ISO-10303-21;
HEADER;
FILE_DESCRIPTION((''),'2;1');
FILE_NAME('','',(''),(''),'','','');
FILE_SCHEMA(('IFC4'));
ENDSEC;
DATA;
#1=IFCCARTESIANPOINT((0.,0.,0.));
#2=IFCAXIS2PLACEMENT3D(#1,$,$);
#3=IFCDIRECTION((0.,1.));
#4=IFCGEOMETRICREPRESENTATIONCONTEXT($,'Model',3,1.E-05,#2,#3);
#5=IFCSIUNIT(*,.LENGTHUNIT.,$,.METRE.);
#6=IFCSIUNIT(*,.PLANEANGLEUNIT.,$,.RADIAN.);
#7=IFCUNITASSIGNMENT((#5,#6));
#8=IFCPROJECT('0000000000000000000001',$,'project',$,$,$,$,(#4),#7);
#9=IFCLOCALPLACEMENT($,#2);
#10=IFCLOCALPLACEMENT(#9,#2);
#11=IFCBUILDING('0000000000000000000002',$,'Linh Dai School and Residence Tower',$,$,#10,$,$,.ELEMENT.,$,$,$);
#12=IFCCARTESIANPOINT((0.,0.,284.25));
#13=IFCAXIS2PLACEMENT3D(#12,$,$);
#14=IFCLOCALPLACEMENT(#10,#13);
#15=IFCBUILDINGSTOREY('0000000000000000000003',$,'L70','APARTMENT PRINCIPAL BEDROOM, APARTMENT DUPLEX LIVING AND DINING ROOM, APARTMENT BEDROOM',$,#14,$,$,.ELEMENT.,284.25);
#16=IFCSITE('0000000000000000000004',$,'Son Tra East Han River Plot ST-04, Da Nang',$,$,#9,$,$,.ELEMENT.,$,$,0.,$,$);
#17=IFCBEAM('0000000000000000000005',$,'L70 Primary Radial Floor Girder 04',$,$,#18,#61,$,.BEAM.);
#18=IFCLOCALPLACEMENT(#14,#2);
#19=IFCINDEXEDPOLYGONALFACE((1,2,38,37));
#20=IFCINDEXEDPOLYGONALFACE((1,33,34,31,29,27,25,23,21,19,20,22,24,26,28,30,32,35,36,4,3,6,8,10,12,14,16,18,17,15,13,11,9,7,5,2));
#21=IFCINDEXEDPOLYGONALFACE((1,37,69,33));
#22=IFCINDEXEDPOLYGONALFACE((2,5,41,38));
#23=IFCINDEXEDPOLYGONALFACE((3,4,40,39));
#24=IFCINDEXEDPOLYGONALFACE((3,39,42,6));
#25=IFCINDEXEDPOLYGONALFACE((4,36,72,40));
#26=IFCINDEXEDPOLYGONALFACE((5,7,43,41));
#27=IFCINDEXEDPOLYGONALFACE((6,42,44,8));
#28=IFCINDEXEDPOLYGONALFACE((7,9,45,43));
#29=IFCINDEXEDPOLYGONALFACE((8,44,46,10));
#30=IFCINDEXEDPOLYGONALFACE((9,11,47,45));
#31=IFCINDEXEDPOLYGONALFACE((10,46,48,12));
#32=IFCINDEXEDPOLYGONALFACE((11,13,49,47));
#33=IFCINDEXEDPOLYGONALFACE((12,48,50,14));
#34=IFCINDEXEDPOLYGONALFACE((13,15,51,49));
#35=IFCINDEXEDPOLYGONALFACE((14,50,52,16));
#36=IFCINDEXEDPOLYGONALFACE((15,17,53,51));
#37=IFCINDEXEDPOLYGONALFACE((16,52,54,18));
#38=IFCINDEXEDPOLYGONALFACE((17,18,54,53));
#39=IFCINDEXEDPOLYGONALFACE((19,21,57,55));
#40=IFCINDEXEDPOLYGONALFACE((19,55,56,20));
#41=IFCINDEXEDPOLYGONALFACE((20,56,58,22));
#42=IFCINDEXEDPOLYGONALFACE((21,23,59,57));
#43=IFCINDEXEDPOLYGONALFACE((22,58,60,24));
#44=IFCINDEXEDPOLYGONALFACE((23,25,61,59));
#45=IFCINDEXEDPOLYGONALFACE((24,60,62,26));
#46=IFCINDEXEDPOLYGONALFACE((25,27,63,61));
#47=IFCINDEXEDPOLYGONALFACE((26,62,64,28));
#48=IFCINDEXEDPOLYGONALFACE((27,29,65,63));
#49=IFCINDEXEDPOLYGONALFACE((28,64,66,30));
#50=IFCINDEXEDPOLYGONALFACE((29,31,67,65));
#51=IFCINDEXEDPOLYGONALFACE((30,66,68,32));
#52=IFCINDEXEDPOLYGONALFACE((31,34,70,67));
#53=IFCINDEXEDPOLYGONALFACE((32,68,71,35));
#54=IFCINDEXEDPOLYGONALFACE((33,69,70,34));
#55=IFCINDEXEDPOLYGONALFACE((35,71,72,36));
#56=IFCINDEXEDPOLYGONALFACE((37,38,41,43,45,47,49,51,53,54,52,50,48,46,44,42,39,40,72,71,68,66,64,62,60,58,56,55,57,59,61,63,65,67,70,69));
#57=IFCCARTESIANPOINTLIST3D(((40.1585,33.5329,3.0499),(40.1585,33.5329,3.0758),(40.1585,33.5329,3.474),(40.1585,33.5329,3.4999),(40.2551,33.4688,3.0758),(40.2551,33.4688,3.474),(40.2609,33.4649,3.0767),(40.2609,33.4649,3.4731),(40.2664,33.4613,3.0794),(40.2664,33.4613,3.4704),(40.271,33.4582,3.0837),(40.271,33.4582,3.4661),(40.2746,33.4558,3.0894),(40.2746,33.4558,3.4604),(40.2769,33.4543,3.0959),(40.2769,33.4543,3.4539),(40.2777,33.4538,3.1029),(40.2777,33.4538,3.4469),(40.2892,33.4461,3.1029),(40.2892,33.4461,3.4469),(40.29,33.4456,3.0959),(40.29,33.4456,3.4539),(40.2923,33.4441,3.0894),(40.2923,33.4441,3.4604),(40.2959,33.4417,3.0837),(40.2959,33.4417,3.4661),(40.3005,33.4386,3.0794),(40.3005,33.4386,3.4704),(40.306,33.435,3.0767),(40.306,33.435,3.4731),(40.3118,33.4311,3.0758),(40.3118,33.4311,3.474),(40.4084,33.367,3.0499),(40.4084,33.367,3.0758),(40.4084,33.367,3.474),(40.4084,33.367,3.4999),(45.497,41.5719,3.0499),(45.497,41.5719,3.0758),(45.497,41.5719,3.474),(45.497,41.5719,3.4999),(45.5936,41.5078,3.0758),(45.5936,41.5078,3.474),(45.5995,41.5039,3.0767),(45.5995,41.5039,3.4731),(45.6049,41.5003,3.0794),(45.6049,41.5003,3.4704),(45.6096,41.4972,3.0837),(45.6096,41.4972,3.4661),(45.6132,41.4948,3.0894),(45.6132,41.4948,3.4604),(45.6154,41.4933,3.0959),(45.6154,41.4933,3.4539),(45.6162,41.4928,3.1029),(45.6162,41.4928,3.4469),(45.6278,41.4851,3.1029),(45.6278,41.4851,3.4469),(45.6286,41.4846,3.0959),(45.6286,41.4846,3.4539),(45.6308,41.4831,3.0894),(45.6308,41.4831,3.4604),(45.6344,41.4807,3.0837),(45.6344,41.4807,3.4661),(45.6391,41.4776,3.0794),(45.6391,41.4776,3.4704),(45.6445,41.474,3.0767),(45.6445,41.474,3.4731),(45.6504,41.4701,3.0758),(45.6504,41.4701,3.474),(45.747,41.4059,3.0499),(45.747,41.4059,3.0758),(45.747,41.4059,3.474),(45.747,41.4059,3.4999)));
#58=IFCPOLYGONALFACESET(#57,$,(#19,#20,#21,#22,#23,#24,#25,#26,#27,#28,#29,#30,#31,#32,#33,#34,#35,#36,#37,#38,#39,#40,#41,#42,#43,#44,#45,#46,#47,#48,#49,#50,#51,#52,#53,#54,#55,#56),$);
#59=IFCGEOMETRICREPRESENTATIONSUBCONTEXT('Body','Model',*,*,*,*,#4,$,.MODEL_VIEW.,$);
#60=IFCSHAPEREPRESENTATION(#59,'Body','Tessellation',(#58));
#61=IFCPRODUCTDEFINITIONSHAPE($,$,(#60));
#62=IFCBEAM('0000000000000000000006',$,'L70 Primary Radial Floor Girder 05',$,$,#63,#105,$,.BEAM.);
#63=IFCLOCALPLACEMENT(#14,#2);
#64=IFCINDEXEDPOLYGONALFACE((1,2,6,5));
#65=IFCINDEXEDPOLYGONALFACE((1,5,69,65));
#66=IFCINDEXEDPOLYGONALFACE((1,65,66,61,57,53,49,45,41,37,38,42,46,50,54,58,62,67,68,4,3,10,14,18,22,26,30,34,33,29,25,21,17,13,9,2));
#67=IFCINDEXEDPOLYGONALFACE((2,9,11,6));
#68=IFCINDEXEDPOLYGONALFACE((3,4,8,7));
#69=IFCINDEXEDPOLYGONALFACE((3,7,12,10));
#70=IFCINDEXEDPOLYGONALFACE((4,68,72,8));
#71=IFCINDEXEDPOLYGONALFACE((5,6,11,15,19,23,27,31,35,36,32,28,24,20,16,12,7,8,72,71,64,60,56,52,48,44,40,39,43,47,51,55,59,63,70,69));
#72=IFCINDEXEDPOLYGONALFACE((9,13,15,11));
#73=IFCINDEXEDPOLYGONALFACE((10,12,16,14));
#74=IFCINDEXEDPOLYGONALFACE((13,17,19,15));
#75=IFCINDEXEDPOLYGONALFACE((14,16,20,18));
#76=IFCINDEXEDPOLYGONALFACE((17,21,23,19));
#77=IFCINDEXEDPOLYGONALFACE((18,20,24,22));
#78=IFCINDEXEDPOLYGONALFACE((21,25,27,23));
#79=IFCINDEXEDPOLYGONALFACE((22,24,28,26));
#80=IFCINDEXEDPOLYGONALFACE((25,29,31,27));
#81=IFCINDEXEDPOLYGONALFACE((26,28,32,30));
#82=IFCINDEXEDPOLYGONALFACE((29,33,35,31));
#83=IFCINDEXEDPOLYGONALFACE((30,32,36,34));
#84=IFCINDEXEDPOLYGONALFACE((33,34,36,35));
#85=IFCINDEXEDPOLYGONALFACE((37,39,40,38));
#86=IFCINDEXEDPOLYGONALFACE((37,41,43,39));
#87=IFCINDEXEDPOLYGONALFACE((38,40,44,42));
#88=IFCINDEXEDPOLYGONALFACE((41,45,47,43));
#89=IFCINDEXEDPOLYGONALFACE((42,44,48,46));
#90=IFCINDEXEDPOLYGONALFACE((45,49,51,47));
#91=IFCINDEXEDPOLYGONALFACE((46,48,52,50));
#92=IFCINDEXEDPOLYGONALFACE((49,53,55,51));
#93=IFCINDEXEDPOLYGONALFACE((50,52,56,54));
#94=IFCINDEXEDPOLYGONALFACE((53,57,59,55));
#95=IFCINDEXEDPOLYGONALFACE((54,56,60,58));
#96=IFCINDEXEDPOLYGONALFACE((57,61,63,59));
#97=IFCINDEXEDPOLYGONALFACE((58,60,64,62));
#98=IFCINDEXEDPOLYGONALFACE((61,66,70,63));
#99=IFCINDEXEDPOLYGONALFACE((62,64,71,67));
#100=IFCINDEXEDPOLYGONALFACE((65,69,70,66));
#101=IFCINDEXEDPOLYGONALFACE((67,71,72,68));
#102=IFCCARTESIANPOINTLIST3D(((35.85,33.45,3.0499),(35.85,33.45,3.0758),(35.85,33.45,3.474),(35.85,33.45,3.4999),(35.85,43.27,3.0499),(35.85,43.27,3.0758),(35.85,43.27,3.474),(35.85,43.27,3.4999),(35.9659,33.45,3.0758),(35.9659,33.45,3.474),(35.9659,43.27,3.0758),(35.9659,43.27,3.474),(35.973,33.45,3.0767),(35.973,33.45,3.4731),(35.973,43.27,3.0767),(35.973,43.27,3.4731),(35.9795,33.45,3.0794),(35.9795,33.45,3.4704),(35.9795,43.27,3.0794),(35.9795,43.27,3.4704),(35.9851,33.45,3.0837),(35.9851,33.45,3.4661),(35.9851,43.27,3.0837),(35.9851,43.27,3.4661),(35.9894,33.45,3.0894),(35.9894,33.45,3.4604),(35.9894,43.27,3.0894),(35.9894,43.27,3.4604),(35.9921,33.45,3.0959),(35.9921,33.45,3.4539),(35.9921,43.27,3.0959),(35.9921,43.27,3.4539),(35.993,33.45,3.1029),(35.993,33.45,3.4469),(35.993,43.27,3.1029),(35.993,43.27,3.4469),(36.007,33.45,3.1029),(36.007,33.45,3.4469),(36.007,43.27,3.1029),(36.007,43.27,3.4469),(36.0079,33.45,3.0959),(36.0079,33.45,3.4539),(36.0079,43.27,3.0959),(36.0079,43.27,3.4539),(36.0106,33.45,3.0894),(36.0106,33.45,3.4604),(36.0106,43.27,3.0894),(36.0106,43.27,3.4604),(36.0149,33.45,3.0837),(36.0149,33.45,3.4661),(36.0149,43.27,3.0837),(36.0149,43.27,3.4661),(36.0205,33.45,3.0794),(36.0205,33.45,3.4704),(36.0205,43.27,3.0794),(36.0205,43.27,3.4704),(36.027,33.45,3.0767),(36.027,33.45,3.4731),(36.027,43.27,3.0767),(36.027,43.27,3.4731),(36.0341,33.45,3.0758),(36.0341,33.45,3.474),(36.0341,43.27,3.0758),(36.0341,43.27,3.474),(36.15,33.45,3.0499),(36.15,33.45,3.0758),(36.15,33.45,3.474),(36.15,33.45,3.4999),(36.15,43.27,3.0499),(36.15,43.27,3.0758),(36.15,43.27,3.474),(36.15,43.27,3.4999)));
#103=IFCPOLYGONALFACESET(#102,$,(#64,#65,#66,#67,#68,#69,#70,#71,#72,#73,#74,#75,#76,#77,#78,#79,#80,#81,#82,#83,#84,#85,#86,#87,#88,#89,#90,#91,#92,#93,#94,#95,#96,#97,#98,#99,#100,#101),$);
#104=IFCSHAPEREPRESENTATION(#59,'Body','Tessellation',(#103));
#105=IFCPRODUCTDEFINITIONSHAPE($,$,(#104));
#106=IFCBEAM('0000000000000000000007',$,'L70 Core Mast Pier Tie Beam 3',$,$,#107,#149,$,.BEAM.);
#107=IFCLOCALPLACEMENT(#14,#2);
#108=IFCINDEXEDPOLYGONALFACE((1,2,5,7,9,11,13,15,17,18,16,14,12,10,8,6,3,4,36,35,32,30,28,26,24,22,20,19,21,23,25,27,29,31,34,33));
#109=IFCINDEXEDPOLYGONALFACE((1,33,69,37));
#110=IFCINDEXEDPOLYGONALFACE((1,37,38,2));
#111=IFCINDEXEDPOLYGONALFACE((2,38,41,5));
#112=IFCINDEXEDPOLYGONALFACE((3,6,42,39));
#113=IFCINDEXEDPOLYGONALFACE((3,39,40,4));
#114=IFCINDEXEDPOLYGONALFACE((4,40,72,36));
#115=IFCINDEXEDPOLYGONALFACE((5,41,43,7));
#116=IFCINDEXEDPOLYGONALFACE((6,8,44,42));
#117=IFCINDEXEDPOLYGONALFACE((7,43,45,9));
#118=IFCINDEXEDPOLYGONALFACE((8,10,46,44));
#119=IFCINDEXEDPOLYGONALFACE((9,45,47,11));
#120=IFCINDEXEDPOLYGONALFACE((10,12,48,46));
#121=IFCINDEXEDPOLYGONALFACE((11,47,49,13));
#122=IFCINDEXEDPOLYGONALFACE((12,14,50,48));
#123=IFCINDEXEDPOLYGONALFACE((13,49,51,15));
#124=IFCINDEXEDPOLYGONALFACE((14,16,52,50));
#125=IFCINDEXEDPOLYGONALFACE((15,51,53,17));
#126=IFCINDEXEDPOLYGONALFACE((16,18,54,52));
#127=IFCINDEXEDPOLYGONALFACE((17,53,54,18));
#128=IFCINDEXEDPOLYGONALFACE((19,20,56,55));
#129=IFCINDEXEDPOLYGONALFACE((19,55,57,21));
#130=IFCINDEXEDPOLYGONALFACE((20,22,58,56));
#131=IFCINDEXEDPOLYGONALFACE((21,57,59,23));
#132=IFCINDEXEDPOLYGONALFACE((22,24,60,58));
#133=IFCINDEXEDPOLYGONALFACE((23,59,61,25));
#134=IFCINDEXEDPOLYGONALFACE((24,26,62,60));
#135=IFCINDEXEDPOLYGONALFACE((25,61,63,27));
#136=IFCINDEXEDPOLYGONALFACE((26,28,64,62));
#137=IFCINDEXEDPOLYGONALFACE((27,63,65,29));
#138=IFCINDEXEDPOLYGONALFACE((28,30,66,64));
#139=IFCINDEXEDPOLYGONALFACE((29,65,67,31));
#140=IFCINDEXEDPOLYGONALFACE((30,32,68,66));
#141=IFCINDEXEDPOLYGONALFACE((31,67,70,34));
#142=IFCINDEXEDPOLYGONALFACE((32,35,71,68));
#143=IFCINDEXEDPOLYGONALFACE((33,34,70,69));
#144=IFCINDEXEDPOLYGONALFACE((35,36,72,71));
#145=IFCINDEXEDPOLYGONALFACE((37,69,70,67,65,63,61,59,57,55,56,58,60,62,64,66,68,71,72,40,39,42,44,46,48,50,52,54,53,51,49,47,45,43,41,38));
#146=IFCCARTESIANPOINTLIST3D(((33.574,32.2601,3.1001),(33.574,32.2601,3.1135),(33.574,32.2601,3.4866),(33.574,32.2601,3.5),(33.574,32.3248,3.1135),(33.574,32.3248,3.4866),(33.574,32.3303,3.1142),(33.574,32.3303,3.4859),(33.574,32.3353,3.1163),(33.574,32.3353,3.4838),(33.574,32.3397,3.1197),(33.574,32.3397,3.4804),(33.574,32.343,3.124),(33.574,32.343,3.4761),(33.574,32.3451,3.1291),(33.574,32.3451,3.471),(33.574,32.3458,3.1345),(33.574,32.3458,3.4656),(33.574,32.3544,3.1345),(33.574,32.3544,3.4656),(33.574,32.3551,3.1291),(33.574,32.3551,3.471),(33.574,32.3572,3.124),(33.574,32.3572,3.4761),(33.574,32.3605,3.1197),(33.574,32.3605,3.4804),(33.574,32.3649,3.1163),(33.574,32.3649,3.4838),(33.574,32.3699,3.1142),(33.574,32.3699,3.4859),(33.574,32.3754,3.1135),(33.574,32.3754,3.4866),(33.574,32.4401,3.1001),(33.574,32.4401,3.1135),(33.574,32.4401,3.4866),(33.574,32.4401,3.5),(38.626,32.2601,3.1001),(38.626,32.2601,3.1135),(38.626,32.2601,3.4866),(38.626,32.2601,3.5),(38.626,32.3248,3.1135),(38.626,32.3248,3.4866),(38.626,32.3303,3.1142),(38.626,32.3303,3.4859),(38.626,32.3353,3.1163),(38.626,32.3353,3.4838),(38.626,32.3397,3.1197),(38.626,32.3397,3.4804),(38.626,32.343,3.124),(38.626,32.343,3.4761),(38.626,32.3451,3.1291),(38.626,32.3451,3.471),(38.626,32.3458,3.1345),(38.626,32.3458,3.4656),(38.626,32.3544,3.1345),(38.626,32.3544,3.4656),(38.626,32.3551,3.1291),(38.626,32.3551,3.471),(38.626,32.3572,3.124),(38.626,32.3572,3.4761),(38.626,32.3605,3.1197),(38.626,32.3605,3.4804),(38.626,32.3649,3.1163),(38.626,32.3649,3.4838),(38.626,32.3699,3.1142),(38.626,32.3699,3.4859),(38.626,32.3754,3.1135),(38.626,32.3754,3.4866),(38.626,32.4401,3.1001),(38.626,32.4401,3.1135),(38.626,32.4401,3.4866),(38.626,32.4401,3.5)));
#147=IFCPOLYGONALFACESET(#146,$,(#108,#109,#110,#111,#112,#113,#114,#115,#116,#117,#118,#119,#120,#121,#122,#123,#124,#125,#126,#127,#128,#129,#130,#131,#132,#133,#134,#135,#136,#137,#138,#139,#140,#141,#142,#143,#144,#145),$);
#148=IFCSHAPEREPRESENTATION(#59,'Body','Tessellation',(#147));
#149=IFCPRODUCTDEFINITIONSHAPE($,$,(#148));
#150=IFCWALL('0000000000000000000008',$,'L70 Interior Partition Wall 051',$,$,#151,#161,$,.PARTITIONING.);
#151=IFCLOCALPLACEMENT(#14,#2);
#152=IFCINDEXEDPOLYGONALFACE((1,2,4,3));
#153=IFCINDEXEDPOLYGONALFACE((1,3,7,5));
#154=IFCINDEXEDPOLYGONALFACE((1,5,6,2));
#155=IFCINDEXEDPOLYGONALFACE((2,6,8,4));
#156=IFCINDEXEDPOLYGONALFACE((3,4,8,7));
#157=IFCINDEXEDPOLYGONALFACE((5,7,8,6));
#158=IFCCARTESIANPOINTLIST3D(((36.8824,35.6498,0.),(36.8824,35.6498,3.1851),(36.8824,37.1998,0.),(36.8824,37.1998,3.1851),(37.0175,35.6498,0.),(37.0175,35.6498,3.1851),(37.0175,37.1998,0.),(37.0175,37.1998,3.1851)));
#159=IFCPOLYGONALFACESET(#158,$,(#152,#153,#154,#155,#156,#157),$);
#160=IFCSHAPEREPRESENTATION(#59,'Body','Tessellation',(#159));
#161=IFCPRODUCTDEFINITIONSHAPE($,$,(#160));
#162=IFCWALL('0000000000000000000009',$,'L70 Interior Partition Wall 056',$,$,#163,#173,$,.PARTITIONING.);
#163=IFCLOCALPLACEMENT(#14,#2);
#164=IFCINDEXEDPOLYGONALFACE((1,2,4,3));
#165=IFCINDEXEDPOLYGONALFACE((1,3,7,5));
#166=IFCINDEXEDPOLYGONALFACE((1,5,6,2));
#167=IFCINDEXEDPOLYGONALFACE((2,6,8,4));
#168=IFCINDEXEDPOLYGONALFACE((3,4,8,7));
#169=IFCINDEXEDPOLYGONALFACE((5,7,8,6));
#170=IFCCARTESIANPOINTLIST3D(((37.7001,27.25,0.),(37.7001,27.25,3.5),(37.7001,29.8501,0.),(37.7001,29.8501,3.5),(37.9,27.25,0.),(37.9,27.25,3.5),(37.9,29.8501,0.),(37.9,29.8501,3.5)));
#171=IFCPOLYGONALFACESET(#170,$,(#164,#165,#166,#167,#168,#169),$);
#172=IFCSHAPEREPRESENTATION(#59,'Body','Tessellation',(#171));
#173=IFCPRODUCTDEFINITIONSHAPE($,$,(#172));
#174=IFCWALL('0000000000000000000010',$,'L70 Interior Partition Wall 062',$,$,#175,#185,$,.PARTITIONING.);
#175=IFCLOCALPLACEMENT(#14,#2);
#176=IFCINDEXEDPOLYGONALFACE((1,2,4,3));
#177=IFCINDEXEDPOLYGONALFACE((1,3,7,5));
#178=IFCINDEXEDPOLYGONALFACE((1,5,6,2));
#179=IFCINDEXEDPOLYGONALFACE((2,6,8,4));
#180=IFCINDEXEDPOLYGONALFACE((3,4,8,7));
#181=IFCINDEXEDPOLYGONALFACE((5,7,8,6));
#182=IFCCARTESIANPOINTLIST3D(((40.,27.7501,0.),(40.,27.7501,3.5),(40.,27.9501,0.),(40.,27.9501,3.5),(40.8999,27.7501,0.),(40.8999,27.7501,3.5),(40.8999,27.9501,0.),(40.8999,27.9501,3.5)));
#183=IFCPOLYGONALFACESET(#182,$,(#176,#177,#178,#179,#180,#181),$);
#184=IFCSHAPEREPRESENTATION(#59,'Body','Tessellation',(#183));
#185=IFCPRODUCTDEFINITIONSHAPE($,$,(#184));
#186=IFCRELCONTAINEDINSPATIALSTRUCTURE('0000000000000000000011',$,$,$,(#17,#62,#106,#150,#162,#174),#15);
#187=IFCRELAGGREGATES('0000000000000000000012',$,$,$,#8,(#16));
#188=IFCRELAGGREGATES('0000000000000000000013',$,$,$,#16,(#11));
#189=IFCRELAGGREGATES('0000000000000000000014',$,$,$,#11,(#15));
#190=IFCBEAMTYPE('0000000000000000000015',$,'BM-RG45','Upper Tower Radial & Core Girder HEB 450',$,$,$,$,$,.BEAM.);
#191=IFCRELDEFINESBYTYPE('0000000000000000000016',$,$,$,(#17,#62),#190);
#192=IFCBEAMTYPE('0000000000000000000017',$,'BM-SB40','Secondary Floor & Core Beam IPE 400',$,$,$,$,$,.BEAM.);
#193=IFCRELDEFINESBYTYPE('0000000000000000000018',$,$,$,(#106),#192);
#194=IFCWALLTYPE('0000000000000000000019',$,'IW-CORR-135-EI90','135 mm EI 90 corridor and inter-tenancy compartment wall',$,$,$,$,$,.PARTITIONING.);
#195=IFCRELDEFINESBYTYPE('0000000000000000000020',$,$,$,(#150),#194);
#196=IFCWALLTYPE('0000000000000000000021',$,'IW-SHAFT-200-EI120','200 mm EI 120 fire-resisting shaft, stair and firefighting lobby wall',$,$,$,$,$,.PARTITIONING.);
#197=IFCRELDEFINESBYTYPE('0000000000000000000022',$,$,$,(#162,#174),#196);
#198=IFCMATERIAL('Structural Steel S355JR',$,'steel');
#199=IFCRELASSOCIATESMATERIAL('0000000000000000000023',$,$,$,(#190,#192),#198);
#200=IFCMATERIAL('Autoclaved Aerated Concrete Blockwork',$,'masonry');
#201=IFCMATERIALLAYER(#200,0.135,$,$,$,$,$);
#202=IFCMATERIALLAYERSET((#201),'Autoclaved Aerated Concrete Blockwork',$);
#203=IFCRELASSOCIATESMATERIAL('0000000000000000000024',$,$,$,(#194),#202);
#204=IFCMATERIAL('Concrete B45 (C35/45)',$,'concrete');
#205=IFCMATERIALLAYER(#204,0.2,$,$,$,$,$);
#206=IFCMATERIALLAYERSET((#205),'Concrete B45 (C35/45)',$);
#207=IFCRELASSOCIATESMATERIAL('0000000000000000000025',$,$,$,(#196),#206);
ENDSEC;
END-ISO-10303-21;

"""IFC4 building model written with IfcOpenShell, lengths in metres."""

from ifc_helpers import new_model, si_unit, direction, frame, frame_2d, origin, origin_2d, place, context, subcontext, project, spatial, rectangle, i_section, extrude, material, layer, layer_set, material_profile, profile_set, type_object, element, save


model = new_model("IFC4")

# Units and contexts
model_context = context("Model", 3, precision=1e-05, world=origin(), true_north=direction((0.0, 1.0)))
body_context = subcontext(model_context, "Body", "Model", "MODEL_VIEW")
ifc_project = project(units=[si_unit("LENGTHUNIT", "METRE"), si_unit("PLANEANGLEUNIT", "RADIAN")], contexts=[model_context])

# Site, building, storey
site_placement = place(None, origin())
site = spatial("IfcSite", under=ifc_project, at=site_placement, Name="Son Tra East Han River Plot ST-04, Da Nang", CompositionType="ELEMENT", RefElevation=0.0)
building_placement = place(site_placement, origin())
building = spatial("IfcBuilding", under=site, at=building_placement, Name="Linh Dai School and Residence Tower", CompositionType="ELEMENT")
storey_placement = place(building_placement, frame((0.0, 0.0, 284.25)))
storey = spatial("IfcBuildingStorey", under=building, at=storey_placement, Name="L70", Description="APARTMENT PRINCIPAL BEDROOM, APARTMENT DUPLEX LIVING AND DINING ROOM, APARTMENT BEDROOM", CompositionType="ELEMENT", Elevation=284.25)

# Shared definitions
ifc_material_1 = material(Name="Structural Steel S355JR", Category="steel")

# Beams
ifc_material_profile_1 = material_profile(ifc_material_1, i_section(OverallWidth=0.3, OverallDepth=0.45, WebThickness=0.0139, FlangeThickness=0.0259, FilletRadius=0.0271, at=origin_2d()), Name="HEB 450")
ifc_profile_set_1 = profile_set([ifc_material_profile_1], Name="Structural Steel S355JR")
beam_type_1 = type_object("IfcBeamType", Name="BM-RG45", Description="Upper Tower Radial & Core Girder HEB 450", PredefinedType="BEAM", material=ifc_profile_set_1)
beam_1_placement = place(storey_placement, frame((40.2834, 33.45, 3.2749), z_axis=(0.553211, 0.833041, 0.0), x_axis=(-0.833041, 0.553211, 0.0)))
element("IfcBeam", 1, at=beam_1_placement, inside=storey, type_object=beam_type_1, Name="L70 Primary Radial Floor Girder 04", PredefinedType="BEAM", context=body_context, shape_type="SweptSolid", body=[
    extrude(i_section(OverallWidth=0.3, OverallDepth=0.45, WebThickness=0.0139, FlangeThickness=0.0259, FilletRadius=0.0271, at=origin_2d()), origin(), (0.0, 0.0, 1.0), 9.6501),
])
beam_2_placement = place(storey_placement, frame((36.0, 33.45, 3.2749), z_axis=(0.0, 1.0, 0.0), x_axis=(-1.0, 0.0, 0.0)))
element("IfcBeam", 2, at=beam_2_placement, inside=storey, type_object=beam_type_1, Name="L70 Primary Radial Floor Girder 05", PredefinedType="BEAM", context=body_context, shape_type="SweptSolid", body=[
    extrude(i_section(OverallWidth=0.3, OverallDepth=0.45, WebThickness=0.0139, FlangeThickness=0.0259, FilletRadius=0.0271, at=origin_2d()), origin(), (0.0, 0.0, 1.0), 9.8201),
])
ifc_material_profile_2 = material_profile(ifc_material_1, i_section(OverallWidth=0.1799, OverallDepth=0.3999, WebThickness=0.0085, FlangeThickness=0.0134, FilletRadius=0.021, at=origin_2d()), Name="IPE 400")
ifc_profile_set_2 = profile_set([ifc_material_profile_2], Name="Structural Steel S355JR")
beam_type_2 = type_object("IfcBeamType", Name="BM-SB40", Description="Secondary Floor & Core Beam IPE 400", PredefinedType="BEAM", material=ifc_profile_set_2)
beam_3_placement = place(storey_placement, frame((38.626, 32.3501, 3.3), z_axis=(-1.0, 0.0, 0.0), x_axis=(0.0, -1.0, 0.0)))
element("IfcBeam", 3, at=beam_3_placement, inside=storey, type_object=beam_type_2, Name="L70 Core Mast Pier Tie Beam 3", PredefinedType="BEAM", context=body_context, shape_type="SweptSolid", body=[
    extrude(i_section(OverallWidth=0.1799, OverallDepth=0.3999, WebThickness=0.0085, FlangeThickness=0.0134, FilletRadius=0.021, at=origin_2d()), origin(), (0.0, 0.0, 1.0), 5.052),
])

# Wall
ifc_material_2 = material(Name="Autoclaved Aerated Concrete Blockwork", Category="masonry")
ifc_layer_1 = layer(ifc_material_2, 0.135)
ifc_layer_set_1 = layer_set([ifc_layer_1], Name="Autoclaved Aerated Concrete Blockwork")
wall_type_1 = type_object("IfcWallType", Name="IW-CORR-135-EI90", Description="135 mm EI 90 corridor and inter-tenancy compartment wall", PredefinedType="PARTITIONING", material=ifc_layer_set_1)
wall_1_placement = place(storey_placement, frame((36.95, 35.6499, 0.0), z_axis=(0.0, 0.0, 1.0), x_axis=(0.0, 1.0, 0.0)))
element("IfcWall", 4, at=wall_1_placement, inside=storey, type_object=wall_type_1, Name="L70 Interior Partition Wall 051", PredefinedType="PARTITIONING", context=body_context, shape_type="SweptSolid", body=[
    extrude(rectangle(XDim=1.55, YDim=0.135, at=frame_2d((0.7749, 0.0))), origin(), (0.0, 0.0, 1.0), 3.1851),
])

# Shared definitions
ifc_material_3 = material(Name="Concrete B45 (C35/45)", Category="concrete")
ifc_layer_2 = layer(ifc_material_3, 0.2)
ifc_layer_set_2 = layer_set([ifc_layer_2], Name="Concrete B45 (C35/45)")
wall_type_2 = type_object("IfcWallType", Name="IW-SHAFT-200-EI120", Description="200 mm EI 120 fire-resisting shaft, stair and firefighting lobby wall", PredefinedType="PARTITIONING", material=ifc_layer_set_2)

# Walls
wall_2_placement = place(storey_placement, frame((37.8, 27.25, 0.0), z_axis=(0.0, 0.0, 1.0), x_axis=(0.0, 1.0, 0.0)))
element("IfcWall", 5, at=wall_2_placement, inside=storey, type_object=wall_type_2, Name="L70 Interior Partition Wall 056", PredefinedType="PARTITIONING", context=body_context, shape_type="SweptSolid", body=[
    extrude(rectangle(XDim=2.6001, YDim=0.2, at=frame_2d((1.3, 0.0))), origin(), (0.0, 0.0, 1.0), 3.5),
])
wall_3_placement = place(storey_placement, frame((40.0, 27.8501, 0.0), z_axis=(0.0, 0.0, 1.0), x_axis=(1.0, 0.0, 0.0)))
element("IfcWall", 6, at=wall_3_placement, inside=storey, type_object=wall_type_2, Name="L70 Interior Partition Wall 062", PredefinedType="PARTITIONING", context=body_context, shape_type="SweptSolid", body=[
    extrude(rectangle(XDim=0.8999, YDim=0.2, at=frame_2d((0.45, 0.0))), origin(), (0.0, 0.0, 1.0), 3.5),
])

save(model, "model.ifc")
